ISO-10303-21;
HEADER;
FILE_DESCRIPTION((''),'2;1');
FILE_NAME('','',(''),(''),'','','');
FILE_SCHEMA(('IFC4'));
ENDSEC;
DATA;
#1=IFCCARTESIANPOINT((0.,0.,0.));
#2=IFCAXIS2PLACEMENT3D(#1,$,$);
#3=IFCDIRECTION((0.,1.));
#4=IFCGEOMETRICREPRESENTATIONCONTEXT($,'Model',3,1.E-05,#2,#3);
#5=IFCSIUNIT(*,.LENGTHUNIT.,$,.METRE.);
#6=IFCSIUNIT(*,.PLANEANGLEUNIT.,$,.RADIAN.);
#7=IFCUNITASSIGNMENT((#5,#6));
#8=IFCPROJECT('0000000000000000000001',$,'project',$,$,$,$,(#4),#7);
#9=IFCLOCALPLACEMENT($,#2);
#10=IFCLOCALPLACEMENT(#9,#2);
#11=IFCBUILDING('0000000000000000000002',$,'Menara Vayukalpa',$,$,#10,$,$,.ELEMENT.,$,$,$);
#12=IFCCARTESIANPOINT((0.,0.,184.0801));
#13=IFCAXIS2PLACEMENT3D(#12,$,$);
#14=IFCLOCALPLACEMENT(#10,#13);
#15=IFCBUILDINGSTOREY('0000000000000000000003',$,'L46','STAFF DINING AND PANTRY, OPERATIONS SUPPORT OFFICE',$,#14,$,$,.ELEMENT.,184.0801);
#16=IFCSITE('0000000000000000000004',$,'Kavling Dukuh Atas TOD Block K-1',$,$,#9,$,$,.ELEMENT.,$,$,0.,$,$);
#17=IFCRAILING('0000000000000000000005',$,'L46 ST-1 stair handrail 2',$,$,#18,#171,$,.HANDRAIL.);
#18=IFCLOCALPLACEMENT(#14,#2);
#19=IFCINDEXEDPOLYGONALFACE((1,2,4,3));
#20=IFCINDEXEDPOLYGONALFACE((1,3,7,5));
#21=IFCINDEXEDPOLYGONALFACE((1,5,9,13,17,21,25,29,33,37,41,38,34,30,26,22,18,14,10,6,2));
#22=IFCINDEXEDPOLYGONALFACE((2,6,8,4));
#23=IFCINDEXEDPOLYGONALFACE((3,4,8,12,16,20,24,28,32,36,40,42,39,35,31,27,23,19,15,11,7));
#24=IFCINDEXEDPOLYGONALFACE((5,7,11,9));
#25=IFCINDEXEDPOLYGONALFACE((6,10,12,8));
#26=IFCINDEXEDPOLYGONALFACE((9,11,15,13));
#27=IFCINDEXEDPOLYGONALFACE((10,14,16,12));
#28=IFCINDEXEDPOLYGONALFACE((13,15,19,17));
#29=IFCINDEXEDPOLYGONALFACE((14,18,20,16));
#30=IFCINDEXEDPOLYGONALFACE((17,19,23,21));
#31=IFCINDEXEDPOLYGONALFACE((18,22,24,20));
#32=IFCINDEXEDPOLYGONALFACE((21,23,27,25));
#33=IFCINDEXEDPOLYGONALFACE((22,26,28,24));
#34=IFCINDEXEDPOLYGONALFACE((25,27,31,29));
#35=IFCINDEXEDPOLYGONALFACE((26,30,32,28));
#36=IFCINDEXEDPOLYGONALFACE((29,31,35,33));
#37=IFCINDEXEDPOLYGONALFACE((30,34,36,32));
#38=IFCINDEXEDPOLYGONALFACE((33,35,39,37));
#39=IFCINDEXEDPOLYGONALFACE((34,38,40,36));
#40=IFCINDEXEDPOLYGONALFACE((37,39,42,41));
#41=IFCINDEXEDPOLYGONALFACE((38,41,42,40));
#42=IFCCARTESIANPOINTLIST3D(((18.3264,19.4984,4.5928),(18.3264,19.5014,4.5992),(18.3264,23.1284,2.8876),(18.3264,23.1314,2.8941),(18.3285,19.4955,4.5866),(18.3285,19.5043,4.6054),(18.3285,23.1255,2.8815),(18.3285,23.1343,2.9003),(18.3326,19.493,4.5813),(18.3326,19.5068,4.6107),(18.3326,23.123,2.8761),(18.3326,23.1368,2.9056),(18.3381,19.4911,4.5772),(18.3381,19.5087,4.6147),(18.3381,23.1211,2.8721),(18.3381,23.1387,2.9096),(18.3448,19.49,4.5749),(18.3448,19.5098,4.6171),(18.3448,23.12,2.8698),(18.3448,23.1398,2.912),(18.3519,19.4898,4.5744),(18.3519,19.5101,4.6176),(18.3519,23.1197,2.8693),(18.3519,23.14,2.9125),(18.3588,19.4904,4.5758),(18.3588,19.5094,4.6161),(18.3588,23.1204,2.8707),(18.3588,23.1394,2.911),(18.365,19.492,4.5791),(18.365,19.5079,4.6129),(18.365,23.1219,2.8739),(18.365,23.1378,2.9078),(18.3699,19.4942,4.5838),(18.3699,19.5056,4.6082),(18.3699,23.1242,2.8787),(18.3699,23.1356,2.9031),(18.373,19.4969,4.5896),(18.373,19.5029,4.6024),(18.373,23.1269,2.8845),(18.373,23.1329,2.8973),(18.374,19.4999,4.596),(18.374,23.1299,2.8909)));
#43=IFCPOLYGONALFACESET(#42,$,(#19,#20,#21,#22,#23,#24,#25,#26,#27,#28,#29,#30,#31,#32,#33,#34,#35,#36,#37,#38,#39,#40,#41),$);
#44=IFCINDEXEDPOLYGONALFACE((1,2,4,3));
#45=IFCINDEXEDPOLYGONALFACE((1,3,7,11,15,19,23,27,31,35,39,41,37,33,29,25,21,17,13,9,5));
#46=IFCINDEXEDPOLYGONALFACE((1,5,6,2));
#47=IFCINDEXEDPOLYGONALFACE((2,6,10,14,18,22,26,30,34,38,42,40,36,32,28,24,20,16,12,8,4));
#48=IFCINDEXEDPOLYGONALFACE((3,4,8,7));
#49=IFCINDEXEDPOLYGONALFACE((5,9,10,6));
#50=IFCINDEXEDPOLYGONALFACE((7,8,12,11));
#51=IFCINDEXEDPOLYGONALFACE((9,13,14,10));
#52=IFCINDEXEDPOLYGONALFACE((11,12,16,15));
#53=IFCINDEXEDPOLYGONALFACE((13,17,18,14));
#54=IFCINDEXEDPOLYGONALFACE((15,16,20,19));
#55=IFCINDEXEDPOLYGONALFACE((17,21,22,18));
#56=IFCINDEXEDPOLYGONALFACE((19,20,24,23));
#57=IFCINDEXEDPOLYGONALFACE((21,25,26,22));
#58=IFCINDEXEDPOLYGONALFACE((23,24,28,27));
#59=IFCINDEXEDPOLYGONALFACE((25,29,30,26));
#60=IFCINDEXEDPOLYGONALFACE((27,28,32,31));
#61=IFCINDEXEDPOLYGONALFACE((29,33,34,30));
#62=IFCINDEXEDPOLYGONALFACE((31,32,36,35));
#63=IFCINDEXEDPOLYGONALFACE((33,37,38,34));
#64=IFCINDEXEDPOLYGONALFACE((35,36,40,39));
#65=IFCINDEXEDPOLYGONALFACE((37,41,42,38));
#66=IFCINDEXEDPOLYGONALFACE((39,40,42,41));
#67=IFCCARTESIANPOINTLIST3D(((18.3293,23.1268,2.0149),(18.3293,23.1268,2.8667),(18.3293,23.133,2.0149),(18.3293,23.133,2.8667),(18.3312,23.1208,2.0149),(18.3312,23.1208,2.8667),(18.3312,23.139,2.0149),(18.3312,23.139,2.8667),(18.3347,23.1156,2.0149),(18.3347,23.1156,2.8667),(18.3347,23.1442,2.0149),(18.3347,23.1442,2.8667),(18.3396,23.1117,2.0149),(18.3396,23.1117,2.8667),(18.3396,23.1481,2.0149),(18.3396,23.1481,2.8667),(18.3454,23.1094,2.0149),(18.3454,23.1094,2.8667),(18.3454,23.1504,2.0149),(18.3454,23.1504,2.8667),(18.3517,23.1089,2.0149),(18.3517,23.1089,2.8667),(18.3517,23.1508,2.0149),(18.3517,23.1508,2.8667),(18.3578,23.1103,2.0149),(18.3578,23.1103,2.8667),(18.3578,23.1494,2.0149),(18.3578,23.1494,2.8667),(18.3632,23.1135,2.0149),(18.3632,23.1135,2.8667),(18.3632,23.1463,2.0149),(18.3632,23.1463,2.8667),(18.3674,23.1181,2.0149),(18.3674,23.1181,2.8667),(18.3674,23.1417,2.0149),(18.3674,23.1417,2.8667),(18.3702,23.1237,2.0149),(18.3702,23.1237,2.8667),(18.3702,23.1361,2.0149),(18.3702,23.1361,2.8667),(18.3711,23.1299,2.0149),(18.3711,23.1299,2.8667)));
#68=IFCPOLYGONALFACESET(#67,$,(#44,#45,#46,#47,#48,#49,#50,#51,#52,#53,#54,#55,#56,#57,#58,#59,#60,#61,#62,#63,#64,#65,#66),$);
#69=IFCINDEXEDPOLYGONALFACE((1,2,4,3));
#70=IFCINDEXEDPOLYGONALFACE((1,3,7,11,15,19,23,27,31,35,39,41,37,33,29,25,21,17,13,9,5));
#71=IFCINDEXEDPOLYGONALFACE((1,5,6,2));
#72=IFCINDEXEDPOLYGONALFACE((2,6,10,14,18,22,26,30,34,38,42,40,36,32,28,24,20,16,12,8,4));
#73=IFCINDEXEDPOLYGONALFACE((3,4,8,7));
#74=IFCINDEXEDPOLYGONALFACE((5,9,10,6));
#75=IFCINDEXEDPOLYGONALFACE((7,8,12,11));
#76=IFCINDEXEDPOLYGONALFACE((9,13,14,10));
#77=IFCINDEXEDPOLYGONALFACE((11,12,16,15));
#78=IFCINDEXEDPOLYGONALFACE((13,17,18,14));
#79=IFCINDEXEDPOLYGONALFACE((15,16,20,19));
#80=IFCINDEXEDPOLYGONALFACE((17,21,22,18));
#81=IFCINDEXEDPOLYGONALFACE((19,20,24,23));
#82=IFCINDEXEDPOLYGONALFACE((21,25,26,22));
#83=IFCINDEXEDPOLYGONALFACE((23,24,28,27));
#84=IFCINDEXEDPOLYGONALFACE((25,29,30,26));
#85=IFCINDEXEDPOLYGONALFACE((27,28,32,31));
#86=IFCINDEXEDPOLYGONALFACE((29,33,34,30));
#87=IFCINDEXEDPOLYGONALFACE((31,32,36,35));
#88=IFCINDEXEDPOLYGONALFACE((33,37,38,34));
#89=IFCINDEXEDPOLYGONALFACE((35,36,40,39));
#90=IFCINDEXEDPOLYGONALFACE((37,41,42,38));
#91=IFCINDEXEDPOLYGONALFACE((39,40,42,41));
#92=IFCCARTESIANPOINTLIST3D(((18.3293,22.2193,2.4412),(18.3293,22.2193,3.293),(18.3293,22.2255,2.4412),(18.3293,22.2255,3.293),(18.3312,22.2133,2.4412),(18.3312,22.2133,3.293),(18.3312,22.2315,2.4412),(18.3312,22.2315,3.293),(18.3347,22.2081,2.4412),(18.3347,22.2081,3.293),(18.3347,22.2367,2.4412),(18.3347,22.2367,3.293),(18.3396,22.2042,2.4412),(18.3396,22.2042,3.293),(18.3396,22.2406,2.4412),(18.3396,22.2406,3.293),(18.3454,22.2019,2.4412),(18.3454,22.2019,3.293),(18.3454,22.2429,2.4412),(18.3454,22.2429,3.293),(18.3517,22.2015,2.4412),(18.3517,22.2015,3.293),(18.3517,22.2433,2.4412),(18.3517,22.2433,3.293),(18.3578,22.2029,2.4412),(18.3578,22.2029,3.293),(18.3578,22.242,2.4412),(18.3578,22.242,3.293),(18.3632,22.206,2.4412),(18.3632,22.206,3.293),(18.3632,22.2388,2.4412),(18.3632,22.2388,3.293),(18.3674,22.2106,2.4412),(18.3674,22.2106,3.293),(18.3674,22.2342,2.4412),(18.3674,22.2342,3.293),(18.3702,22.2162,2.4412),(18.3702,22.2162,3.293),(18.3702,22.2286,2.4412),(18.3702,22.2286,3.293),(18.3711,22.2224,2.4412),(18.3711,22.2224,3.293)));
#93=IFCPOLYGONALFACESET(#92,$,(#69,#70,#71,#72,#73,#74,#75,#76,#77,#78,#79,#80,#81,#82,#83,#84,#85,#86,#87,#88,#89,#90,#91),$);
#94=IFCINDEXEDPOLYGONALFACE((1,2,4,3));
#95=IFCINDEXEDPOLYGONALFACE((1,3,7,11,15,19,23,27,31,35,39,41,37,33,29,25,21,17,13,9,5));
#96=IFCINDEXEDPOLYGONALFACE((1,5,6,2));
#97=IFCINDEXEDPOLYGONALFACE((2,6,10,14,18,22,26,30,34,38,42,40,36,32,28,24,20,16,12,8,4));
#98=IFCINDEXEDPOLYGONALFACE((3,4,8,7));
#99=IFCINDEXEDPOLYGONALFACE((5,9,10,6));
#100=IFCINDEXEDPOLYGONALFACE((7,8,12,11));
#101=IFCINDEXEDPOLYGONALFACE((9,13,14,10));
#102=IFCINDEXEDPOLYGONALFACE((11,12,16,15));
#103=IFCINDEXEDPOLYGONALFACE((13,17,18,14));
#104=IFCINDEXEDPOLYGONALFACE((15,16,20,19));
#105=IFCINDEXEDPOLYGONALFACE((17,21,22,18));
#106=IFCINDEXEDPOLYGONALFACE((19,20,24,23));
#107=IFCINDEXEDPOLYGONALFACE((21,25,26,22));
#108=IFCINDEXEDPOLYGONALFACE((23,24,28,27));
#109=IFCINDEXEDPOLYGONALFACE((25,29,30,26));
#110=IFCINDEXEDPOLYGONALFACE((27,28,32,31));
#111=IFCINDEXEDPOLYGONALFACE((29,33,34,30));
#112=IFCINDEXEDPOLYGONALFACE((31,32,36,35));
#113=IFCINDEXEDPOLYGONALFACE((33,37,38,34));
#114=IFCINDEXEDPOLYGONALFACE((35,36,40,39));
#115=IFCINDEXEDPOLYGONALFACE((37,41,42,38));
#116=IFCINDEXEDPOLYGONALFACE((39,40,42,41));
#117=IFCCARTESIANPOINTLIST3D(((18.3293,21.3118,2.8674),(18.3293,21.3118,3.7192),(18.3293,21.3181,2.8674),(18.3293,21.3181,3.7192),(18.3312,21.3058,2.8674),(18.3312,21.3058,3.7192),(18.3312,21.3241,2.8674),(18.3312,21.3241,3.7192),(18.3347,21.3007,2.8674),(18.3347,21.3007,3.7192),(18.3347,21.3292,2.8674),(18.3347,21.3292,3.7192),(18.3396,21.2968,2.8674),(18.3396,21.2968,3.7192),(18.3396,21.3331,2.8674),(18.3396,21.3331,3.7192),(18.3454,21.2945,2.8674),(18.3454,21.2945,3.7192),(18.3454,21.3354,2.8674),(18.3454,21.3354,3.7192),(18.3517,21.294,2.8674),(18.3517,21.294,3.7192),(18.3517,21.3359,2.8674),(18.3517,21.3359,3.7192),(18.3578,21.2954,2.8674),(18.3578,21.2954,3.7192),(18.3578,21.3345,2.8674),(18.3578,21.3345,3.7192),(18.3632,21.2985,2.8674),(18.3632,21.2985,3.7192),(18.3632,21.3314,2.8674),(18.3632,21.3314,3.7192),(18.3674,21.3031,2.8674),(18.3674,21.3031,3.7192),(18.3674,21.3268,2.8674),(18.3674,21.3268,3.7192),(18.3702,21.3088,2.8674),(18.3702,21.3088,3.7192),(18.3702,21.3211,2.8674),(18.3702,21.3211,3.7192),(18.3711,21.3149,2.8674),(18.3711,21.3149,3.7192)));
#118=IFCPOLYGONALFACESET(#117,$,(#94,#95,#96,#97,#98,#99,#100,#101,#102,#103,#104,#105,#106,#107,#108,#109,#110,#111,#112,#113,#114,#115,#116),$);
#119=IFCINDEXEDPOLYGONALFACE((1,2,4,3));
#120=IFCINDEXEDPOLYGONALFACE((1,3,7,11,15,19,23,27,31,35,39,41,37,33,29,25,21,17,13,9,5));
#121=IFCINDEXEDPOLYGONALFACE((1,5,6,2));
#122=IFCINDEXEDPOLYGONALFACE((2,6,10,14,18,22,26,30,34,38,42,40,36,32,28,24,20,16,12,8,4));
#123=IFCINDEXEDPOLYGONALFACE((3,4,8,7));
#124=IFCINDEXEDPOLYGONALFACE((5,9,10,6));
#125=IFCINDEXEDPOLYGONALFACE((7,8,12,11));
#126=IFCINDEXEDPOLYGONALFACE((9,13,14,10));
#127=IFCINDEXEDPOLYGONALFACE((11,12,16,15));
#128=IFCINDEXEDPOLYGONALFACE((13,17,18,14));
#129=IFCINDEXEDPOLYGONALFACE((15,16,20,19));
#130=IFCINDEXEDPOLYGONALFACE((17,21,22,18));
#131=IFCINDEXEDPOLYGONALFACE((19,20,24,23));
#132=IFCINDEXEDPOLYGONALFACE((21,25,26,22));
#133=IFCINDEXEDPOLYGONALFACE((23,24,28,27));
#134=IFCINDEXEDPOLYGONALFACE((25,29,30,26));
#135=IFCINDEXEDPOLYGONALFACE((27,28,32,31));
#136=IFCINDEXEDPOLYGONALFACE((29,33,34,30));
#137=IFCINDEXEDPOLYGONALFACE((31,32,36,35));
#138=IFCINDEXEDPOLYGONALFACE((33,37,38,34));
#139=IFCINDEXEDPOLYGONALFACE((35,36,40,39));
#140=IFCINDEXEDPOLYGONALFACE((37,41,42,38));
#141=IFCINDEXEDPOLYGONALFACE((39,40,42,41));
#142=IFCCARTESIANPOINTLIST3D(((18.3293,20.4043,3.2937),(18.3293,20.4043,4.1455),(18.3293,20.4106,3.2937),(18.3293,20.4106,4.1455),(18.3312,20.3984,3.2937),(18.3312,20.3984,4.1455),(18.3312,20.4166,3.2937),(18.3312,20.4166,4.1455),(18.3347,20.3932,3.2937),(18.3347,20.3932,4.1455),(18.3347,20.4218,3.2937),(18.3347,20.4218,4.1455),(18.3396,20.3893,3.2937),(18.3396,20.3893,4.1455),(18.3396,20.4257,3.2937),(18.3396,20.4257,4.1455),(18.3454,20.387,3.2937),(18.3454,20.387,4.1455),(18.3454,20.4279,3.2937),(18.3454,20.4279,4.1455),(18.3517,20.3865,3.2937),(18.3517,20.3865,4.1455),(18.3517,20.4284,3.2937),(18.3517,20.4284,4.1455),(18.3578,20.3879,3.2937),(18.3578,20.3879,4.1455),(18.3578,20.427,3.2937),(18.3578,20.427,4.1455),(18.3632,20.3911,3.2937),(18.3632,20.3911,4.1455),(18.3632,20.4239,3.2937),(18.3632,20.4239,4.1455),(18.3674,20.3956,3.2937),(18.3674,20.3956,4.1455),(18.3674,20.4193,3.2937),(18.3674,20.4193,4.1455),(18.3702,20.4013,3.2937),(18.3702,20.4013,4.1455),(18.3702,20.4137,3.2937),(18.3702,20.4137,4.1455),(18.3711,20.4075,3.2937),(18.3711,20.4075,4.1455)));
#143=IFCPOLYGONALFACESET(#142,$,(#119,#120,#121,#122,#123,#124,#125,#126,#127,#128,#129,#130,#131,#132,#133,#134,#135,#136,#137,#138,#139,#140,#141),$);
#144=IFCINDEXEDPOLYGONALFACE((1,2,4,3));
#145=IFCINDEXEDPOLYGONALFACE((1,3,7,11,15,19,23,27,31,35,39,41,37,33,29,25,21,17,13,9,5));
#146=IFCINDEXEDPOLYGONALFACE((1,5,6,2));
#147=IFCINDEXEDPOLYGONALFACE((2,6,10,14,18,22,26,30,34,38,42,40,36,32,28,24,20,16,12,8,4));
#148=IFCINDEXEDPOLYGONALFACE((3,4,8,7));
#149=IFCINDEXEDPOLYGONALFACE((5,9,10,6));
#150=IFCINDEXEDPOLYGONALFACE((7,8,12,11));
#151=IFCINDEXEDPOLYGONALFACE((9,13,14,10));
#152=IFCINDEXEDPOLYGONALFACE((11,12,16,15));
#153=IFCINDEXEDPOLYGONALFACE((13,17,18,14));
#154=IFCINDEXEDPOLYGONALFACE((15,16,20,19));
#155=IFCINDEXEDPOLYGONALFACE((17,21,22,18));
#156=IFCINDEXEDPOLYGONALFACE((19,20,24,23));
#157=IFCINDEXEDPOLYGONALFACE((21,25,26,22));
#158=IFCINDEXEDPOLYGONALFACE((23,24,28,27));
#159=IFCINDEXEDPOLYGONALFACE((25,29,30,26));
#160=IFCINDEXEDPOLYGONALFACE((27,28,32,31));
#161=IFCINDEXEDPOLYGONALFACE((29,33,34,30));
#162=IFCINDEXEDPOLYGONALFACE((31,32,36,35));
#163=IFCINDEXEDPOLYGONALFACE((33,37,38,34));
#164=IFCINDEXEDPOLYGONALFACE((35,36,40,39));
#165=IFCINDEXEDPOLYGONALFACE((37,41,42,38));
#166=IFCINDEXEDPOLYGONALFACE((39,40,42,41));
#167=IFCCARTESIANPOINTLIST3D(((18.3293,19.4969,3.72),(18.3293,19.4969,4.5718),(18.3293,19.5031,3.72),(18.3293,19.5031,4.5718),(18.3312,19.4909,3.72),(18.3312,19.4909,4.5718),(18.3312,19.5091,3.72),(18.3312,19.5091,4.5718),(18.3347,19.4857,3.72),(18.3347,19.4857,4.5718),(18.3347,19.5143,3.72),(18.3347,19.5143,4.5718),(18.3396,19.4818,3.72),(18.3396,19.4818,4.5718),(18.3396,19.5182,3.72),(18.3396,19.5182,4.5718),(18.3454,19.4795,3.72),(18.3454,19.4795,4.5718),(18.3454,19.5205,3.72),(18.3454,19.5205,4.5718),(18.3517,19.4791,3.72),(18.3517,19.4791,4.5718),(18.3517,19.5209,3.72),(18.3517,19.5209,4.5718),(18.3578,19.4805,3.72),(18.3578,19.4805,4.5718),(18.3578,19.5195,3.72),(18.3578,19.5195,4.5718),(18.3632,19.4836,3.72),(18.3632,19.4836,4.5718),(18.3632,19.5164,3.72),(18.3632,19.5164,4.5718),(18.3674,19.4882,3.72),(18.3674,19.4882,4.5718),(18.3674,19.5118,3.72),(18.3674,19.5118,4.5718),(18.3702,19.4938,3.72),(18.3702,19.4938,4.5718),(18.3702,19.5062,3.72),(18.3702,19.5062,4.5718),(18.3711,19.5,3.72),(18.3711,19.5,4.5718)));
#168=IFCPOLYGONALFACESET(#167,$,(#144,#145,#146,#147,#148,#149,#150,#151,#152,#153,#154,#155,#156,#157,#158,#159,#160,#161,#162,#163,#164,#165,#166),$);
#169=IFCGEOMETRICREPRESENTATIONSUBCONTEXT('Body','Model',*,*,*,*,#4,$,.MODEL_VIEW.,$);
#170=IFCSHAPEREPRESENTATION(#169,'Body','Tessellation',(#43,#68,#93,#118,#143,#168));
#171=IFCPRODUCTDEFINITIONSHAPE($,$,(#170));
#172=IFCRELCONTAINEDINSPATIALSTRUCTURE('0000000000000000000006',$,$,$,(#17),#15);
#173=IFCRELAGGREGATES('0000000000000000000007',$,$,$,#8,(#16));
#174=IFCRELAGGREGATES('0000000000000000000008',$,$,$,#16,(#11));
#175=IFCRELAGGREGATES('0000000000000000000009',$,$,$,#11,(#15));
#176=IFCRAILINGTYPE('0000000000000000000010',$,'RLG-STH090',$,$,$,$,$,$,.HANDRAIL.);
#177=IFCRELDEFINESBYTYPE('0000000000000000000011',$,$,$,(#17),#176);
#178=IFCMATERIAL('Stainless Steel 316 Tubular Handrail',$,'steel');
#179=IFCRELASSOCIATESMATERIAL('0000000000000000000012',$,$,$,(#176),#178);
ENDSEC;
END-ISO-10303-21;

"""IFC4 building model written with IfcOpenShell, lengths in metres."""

from ifc_helpers import new_model, si_unit, direction, frame, origin, origin_2d, place, context, subcontext, project, spatial, circle, extrude, material, type_object, element, save


model = new_model("IFC4")

# Units and contexts
model_context = context("Model", 3, precision=1e-05, world=origin(), true_north=direction((0.0, 1.0)))
body_context = subcontext(model_context, "Body", "Model", "MODEL_VIEW")
ifc_project = project(units=[si_unit("LENGTHUNIT", "METRE"), si_unit("PLANEANGLEUNIT", "RADIAN")], contexts=[model_context])

# Site, building, storey
site_placement = place(None, origin())
site = spatial("IfcSite", under=ifc_project, at=site_placement, Name="Kavling Dukuh Atas TOD Block K-1", CompositionType="ELEMENT", RefElevation=0.0)
building_placement = place(site_placement, origin())
building = spatial("IfcBuilding", under=site, at=building_placement, Name="Menara Vayukalpa", CompositionType="ELEMENT")
storey_placement = place(building_placement, frame((0.0, 0.0, 184.0801)))
storey = spatial("IfcBuildingStorey", under=building, at=storey_placement, Name="L46", Description="STAFF DINING AND PANTRY, OPERATIONS SUPPORT OFFICE", CompositionType="ELEMENT", Elevation=184.0801)

# Railing
ifc_material_1 = material(Name="Stainless Steel 316 Tubular Handrail", Category="steel")
railing_type_1 = type_object("IfcRailingType", Name="RLG-STH090", PredefinedType="HANDRAIL", material=ifc_material_1)
railing_1_placement = place(storey_placement, frame((18.3501, 23.1299, 2.0149)))
element("IfcRailing", 1, at=railing_1_placement, inside=storey, type_object=railing_type_1, Name="L46 ST-1 stair handrail 2", PredefinedType="HANDRAIL", context=body_context, shape_type="SweptSolid", body=[
    extrude(circle(Radius=0.0239, at=origin_2d()), frame((0.0, 0.0, 0.876), z_axis=(0.0, -0.905116, 0.425164), x_axis=(1.0, 0.0, 0.0)), (0.0, 0.0, 1.0), 4.0105),
    extrude(circle(Radius=0.021, at=origin_2d()), origin(), (0.0, 0.0, 1.0), 0.8518),
    extrude(circle(Radius=0.021, at=origin_2d()), frame((0.0, -0.9075, 0.4263)), (0.0, 0.0, 1.0), 0.8518),
    extrude(circle(Radius=0.021, at=origin_2d()), frame((0.0, -1.8149, 0.8525)), (0.0, 0.0, 1.0), 0.8518),
    extrude(circle(Radius=0.021, at=origin_2d()), frame((0.0, -2.7224, 1.2788)), (0.0, 0.0, 1.0), 0.8518),
    extrude(circle(Radius=0.021, at=origin_2d()), frame((0.0, -3.6299, 1.7051)), (0.0, 0.0, 1.0), 0.8518),
])

save(model, "model.ifc")
